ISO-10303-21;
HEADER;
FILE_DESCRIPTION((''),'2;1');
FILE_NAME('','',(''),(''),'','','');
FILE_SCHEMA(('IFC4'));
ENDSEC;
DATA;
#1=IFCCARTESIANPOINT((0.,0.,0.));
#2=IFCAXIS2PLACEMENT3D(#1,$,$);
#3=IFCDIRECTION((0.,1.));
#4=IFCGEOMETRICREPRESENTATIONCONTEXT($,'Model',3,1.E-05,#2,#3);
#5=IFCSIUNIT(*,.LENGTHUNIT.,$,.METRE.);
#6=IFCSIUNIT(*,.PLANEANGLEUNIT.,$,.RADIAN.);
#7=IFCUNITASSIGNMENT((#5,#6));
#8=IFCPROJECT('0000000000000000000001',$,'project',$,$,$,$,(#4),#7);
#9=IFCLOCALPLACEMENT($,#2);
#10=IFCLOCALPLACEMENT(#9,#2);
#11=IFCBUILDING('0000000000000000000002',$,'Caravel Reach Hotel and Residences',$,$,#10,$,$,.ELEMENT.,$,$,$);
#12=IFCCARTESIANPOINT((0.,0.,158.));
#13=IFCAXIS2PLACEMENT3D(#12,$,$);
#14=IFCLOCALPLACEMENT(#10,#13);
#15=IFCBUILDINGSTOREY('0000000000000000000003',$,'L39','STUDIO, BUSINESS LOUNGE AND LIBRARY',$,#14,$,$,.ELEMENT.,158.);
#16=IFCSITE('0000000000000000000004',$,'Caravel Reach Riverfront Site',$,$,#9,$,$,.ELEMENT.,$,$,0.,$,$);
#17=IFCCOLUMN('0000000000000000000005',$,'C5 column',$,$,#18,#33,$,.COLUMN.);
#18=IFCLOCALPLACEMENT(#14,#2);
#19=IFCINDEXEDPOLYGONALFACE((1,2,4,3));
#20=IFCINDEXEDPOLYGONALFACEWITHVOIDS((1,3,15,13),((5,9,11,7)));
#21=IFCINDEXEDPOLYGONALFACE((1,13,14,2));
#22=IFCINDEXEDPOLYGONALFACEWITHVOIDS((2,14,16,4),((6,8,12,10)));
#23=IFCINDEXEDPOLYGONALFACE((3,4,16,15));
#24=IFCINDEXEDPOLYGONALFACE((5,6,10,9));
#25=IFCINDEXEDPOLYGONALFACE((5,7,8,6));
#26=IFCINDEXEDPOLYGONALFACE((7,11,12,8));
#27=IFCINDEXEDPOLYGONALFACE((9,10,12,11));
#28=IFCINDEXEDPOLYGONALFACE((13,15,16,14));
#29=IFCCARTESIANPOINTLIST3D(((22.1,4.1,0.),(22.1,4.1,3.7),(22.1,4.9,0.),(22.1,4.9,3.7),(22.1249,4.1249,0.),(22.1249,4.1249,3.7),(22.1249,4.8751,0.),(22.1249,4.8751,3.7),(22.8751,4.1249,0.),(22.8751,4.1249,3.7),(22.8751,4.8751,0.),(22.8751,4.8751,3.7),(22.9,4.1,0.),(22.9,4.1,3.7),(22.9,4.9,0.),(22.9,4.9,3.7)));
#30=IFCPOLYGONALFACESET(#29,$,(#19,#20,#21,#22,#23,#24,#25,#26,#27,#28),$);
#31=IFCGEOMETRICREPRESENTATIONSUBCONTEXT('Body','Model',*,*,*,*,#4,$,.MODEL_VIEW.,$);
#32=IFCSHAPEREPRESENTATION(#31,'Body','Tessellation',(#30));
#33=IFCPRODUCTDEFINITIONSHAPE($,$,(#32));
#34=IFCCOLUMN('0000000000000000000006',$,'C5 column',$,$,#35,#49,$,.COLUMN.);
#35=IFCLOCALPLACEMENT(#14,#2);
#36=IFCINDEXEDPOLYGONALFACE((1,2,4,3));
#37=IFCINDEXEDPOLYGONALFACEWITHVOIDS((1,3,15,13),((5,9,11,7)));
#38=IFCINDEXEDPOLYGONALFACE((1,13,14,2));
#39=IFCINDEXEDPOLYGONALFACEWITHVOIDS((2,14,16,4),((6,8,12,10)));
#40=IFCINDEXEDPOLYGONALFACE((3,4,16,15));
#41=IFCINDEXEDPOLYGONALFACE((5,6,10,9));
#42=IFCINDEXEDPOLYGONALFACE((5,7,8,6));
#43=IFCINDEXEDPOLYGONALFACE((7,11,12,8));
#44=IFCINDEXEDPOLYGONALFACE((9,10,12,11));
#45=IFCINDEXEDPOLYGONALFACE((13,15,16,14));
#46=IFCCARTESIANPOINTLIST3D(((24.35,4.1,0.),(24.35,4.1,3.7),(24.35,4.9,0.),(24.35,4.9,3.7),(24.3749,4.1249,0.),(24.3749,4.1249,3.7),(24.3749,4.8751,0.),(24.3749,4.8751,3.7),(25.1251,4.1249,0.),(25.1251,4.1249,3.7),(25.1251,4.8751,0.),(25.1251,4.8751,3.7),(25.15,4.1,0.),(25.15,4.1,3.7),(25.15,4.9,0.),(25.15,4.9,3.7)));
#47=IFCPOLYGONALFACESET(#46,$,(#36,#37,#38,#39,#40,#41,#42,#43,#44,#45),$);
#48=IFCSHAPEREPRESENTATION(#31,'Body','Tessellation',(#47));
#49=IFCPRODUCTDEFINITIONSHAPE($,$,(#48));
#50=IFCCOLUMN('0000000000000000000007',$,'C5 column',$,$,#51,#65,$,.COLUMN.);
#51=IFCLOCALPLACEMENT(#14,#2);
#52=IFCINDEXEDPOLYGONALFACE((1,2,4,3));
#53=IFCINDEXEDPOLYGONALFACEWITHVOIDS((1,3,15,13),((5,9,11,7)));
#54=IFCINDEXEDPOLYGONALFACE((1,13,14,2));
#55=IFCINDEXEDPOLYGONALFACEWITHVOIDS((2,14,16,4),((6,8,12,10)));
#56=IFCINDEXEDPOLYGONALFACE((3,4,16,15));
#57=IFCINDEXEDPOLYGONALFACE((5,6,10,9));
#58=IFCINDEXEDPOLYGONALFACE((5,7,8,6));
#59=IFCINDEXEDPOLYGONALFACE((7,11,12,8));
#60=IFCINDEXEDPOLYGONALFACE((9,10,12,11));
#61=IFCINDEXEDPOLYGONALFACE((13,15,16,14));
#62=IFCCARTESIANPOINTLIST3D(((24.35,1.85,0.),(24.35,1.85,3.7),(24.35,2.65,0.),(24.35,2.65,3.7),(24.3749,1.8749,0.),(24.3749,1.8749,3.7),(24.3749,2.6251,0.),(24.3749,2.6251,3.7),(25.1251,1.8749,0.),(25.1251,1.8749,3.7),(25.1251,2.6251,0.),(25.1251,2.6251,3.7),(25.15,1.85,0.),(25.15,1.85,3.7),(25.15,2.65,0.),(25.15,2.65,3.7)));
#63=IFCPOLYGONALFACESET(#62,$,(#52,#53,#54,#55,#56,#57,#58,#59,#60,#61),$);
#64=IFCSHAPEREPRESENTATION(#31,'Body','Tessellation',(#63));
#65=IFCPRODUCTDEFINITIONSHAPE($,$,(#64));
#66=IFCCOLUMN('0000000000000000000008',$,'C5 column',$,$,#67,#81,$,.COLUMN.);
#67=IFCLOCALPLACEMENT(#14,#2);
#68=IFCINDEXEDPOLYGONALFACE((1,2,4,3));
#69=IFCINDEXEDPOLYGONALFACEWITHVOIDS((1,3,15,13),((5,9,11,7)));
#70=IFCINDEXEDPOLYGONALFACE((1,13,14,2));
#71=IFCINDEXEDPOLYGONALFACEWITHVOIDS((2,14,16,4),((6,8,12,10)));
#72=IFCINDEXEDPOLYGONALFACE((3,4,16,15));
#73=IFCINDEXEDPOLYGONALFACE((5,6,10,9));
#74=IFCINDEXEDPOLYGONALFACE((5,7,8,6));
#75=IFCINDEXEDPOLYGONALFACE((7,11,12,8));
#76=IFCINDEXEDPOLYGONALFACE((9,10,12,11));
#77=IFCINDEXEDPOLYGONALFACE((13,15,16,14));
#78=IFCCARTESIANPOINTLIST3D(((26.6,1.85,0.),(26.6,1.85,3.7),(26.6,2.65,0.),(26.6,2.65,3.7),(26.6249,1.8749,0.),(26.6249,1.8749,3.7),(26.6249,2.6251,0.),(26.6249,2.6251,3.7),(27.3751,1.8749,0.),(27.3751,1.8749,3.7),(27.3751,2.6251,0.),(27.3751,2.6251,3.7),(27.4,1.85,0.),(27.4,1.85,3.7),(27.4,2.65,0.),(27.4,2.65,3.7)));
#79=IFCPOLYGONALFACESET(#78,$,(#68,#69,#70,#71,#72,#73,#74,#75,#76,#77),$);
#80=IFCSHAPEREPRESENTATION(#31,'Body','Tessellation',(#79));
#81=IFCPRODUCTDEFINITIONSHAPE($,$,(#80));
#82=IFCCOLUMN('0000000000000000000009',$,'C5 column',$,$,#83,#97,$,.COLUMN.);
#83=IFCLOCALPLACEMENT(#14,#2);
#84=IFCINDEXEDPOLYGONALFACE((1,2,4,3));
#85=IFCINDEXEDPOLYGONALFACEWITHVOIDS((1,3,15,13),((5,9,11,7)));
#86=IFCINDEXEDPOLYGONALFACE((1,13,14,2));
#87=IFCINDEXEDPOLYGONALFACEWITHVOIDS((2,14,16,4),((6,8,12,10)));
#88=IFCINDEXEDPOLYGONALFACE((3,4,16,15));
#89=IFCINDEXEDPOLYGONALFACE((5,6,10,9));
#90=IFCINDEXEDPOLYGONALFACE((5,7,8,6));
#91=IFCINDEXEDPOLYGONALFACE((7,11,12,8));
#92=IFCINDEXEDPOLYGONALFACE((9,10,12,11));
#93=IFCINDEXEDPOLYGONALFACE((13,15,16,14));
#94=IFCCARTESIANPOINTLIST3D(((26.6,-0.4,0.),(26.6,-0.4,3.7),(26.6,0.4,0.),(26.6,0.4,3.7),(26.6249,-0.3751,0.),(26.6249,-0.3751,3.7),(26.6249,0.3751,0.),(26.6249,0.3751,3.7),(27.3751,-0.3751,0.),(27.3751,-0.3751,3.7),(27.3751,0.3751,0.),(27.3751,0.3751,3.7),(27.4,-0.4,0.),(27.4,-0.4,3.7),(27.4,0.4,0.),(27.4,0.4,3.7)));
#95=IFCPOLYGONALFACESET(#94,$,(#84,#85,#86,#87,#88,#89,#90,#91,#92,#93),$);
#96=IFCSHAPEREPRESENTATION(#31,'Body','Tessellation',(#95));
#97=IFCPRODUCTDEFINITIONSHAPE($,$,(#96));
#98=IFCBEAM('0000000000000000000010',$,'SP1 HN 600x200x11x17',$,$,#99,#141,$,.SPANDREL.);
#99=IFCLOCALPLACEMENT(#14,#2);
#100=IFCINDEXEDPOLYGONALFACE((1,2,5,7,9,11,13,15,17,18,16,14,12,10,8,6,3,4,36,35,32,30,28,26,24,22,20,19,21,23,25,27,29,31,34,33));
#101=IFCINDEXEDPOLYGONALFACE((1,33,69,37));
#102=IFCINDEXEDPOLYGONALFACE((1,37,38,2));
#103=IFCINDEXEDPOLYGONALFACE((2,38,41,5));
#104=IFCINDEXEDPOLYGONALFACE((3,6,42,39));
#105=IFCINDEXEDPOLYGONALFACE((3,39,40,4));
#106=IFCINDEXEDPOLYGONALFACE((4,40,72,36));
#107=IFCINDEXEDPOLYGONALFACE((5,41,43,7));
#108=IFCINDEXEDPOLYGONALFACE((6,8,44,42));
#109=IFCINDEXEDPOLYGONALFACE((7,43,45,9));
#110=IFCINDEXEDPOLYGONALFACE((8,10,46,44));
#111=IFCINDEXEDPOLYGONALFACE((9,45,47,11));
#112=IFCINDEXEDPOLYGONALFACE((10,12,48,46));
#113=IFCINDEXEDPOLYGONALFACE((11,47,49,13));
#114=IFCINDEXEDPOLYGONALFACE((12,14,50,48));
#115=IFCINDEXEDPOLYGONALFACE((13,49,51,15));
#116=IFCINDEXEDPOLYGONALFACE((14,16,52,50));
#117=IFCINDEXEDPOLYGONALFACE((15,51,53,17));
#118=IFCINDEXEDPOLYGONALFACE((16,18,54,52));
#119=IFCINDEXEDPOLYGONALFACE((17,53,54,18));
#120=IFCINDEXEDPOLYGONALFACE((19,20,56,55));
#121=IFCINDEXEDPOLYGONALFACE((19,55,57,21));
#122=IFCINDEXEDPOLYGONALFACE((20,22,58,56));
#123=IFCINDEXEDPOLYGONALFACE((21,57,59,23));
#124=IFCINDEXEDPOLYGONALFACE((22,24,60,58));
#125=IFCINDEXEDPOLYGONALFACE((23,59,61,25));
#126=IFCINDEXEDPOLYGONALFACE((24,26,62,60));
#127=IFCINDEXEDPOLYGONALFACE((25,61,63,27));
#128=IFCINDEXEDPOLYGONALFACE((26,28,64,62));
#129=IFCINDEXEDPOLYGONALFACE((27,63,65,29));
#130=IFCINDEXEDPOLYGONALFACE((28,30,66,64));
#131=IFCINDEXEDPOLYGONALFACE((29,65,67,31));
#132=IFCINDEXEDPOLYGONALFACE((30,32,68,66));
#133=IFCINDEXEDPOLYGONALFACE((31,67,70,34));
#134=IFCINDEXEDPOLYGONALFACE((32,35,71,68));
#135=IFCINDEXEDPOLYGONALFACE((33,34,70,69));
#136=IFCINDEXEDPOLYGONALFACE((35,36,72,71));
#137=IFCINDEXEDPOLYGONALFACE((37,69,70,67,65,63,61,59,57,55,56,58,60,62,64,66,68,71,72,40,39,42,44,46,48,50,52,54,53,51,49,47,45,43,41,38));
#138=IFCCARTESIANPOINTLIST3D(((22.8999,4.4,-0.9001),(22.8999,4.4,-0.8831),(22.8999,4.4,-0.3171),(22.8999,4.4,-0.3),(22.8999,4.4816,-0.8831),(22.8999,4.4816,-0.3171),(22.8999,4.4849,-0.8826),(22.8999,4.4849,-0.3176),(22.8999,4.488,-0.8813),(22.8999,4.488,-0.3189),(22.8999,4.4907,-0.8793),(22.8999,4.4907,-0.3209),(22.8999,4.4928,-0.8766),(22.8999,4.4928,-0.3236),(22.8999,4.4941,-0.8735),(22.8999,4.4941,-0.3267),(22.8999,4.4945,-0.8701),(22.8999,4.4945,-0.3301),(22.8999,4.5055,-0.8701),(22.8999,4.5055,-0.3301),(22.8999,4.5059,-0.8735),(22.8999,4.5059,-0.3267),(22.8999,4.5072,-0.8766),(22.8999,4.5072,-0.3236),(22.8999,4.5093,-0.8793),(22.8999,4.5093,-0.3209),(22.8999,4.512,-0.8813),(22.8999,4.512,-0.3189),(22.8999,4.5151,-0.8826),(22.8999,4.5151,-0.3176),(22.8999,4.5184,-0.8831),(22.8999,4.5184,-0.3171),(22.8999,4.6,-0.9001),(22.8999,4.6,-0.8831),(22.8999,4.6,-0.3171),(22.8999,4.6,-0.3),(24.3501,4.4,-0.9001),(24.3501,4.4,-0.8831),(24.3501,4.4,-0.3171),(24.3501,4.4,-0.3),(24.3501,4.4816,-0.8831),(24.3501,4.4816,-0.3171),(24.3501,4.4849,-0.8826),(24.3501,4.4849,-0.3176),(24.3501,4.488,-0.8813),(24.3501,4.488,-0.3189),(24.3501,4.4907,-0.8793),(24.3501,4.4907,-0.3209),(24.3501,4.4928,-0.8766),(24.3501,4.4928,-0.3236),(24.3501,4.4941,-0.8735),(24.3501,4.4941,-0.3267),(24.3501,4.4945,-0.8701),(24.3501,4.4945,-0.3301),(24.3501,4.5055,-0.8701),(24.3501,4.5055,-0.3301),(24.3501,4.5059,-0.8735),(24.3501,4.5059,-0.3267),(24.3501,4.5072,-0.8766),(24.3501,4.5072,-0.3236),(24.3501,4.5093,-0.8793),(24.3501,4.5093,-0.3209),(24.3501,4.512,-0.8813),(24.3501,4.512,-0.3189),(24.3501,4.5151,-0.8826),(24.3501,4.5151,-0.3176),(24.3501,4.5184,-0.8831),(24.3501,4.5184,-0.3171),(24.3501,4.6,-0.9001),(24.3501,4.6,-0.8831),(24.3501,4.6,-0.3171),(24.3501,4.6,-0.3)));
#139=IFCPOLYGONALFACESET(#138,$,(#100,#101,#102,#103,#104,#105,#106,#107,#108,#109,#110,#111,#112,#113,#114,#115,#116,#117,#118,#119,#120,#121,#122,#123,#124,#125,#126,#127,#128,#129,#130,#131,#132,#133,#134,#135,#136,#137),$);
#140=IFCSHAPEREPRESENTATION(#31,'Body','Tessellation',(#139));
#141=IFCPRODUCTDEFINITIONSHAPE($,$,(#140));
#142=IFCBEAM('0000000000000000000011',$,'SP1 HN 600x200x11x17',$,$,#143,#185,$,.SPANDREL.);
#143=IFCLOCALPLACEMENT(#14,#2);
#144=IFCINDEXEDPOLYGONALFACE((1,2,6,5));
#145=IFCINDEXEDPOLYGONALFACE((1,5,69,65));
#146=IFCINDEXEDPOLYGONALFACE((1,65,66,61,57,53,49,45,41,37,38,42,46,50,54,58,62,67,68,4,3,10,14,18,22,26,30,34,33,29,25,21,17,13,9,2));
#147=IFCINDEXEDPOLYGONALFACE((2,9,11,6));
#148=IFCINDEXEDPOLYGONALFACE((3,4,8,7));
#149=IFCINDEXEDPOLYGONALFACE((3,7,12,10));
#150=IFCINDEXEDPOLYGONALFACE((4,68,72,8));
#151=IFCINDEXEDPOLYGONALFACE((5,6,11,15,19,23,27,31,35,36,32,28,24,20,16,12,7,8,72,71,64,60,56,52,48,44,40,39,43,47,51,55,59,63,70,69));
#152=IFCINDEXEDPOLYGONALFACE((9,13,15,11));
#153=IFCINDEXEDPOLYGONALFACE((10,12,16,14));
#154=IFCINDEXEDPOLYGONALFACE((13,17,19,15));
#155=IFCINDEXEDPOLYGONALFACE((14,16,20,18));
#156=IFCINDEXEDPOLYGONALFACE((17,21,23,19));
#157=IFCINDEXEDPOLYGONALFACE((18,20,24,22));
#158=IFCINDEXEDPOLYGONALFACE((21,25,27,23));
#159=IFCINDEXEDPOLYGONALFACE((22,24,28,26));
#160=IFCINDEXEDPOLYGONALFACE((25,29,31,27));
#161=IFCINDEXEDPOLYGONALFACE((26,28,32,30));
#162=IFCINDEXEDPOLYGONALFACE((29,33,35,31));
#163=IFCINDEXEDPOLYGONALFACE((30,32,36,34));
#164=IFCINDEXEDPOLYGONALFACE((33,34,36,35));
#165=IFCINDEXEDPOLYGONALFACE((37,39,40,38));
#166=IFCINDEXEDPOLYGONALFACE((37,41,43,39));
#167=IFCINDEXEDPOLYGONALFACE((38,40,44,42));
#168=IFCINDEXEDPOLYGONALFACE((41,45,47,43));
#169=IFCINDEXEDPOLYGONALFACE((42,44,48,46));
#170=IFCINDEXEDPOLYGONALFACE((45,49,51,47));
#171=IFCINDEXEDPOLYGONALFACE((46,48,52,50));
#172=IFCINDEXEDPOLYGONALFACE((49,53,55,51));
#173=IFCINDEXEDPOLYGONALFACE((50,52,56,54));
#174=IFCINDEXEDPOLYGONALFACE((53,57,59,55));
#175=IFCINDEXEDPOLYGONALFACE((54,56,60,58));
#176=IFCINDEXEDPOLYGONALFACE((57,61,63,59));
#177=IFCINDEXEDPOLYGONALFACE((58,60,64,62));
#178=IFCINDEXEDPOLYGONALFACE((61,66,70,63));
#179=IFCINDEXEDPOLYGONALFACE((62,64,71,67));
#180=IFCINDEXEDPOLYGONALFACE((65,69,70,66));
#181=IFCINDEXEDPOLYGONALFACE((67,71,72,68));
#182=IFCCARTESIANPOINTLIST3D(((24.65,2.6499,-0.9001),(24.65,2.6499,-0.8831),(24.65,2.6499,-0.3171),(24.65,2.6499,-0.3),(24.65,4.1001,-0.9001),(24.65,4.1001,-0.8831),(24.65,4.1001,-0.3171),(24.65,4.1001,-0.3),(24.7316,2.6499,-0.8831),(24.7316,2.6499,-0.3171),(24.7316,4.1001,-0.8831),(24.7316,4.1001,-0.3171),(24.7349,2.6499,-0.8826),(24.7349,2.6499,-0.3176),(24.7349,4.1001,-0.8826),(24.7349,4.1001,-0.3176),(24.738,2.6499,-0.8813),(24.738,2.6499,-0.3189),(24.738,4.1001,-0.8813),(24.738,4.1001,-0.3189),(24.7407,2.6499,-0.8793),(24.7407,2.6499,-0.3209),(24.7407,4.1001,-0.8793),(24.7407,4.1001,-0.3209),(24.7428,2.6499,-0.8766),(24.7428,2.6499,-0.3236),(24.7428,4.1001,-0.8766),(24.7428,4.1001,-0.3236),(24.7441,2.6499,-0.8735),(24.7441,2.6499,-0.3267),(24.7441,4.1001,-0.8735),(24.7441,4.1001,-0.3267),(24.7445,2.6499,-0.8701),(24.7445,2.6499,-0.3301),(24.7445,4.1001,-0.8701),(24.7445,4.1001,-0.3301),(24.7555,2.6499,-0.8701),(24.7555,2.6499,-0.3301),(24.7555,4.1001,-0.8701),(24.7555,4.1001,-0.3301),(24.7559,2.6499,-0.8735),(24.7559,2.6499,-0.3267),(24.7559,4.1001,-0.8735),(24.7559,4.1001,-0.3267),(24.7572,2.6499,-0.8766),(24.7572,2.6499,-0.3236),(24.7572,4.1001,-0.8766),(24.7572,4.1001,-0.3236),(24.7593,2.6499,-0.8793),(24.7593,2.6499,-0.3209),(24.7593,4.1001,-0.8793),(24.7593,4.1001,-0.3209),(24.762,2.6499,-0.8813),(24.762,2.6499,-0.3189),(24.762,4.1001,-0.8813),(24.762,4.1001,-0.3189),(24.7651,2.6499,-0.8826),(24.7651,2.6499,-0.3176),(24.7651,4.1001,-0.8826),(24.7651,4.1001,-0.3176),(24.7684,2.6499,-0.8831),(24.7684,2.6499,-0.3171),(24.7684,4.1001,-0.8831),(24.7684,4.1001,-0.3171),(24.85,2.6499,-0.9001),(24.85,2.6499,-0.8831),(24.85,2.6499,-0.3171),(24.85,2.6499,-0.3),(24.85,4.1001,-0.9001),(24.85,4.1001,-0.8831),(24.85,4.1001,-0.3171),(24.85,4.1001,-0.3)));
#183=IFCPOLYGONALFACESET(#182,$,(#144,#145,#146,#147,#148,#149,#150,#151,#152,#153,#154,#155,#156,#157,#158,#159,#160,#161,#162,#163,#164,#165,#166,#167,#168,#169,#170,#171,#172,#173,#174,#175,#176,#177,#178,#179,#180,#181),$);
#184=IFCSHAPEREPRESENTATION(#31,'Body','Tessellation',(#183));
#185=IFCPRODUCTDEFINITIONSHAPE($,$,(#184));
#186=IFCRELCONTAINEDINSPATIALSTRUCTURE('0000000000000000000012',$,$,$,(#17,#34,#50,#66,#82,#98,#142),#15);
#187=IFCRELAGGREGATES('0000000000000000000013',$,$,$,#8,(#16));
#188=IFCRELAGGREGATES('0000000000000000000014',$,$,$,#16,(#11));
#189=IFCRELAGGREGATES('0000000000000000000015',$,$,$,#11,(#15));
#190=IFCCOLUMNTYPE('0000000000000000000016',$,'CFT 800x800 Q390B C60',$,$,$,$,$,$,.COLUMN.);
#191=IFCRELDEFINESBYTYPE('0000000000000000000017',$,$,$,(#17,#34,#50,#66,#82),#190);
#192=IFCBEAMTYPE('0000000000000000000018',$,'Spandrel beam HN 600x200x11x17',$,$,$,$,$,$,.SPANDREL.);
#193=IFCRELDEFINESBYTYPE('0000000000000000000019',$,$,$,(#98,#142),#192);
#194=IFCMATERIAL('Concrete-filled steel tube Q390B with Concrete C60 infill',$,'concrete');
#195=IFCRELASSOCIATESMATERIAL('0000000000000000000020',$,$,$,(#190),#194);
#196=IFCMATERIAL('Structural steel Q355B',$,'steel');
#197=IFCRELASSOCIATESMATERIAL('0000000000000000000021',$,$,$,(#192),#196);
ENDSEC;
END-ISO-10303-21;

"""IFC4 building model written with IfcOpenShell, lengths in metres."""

from ifc_helpers import new_model, si_unit, direction, frame, origin, origin_2d, place, context, subcontext, project, spatial, hollow_rectangle, i_section, extrude, material, material_profile, profile_set, type_object, element, save


model = new_model("IFC4")

# Units and contexts
model_context = context("Model", 3, precision=1e-05, world=origin(), true_north=direction((0.0, 1.0)))
body_context = subcontext(model_context, "Body", "Model", "MODEL_VIEW")
ifc_project = project(units=[si_unit("LENGTHUNIT", "METRE"), si_unit("PLANEANGLEUNIT", "RADIAN")], contexts=[model_context])

# Site, building, storey
site_placement = place(None, origin())
site = spatial("IfcSite", under=ifc_project, at=site_placement, Name="Caravel Reach Riverfront Site", CompositionType="ELEMENT", RefElevation=0.0)
building_placement = place(site_placement, origin())
building = spatial("IfcBuilding", under=site, at=building_placement, Name="Caravel Reach Hotel and Residences", CompositionType="ELEMENT")
storey_placement = place(building_placement, frame((0.0, 0.0, 158.0)))
storey = spatial("IfcBuildingStorey", under=building, at=storey_placement, Name="L39", Description="STUDIO, BUSINESS LOUNGE AND LIBRARY", CompositionType="ELEMENT", Elevation=158.0)

# Columns
ifc_material_1 = material(Name="Concrete-filled steel tube Q390B with Concrete C60 infill", Category="concrete")
ifc_material_profile_1 = material_profile(ifc_material_1, hollow_rectangle(XDim=0.8, YDim=0.8, WallThickness=0.0249, at=origin_2d()), Name="RHS 800x800x25")
ifc_profile_set_1 = profile_set([ifc_material_profile_1], Name="Concrete-filled steel tube Q390B with Concrete C60 infill")
column_type = type_object("IfcColumnType", Name="CFT 800x800 Q390B C60", PredefinedType="COLUMN", material=ifc_profile_set_1)
for number, where, z_axis, x_axis, name in (
    (1, (22.5, 4.5, 0.0), (0.0, 0.0, 1.0), (1.0, 0.0, 0.0), "C5 column"),
    (2, (24.75, 4.5, 0.0), (0.0, 0.0, 1.0), (1.0, 0.0, 0.0), "C5 column"),
    (3, (24.75, 2.25, 0.0), (0.0, 0.0, 1.0), (1.0, 0.0, 0.0), "C5 column"),
    (4, (27.0, 2.25, 0.0), (0.0, 0.0, 1.0), (1.0, 0.0, 0.0), "C5 column"),
    (5, (27.0, 0.0, 0.0), (0.0, 0.0, 1.0), (1.0, 0.0, 0.0), "C5 column"),
):
    element("IfcColumn", number, at=place(storey_placement, frame(where, z_axis=z_axis, x_axis=x_axis)), inside=storey, type_object=column_type, Name=name, PredefinedType="COLUMN", context=body_context, shape_type="SweptSolid", body=[
        extrude(hollow_rectangle(XDim=0.8, YDim=0.8, WallThickness=0.0249, at=origin_2d()), origin(), (0.0, 0.0, 1.0), 3.7),
    ])

# Beams
ifc_material_2 = material(Name="Structural steel Q355B", Category="steel")
ifc_material_profile_2 = material_profile(ifc_material_2, i_section(OverallWidth=0.2, OverallDepth=0.6001, WebThickness=0.011, FlangeThickness=0.0171, FilletRadius=0.0129, at=origin_2d()), Name="HN 600x200x11x17")
ifc_profile_set_2 = profile_set([ifc_material_profile_2], Name="Structural steel Q355B")
beam_type = type_object("IfcBeamType", Name="Spandrel beam HN 600x200x11x17", PredefinedType="SPANDREL", material=ifc_profile_set_2)
for number, where, z_axis, x_axis, name in (
    (6, (22.8999, 4.5, -0.6001), (1.0, 0.0, 0.0), (0.0, 1.0, 0.0), "SP1 HN 600x200x11x17"),
    (7, (24.75, 4.1001, -0.6001), (0.0, -1.0, 0.0), (1.0, 0.0, 0.0), "SP1 HN 600x200x11x17"),
):
    element("IfcBeam", number, at=place(storey_placement, frame(where, z_axis=z_axis, x_axis=x_axis)), inside=storey, type_object=beam_type, Name=name, PredefinedType="SPANDREL", context=body_context, shape_type="SweptSolid", body=[
        extrude(i_section(OverallWidth=0.2, OverallDepth=0.6001, WebThickness=0.011, FlangeThickness=0.0171, FilletRadius=0.0129, at=origin_2d()), origin(), (0.0, 0.0, 1.0), 1.4502),
    ])

save(model, "model.ifc")
